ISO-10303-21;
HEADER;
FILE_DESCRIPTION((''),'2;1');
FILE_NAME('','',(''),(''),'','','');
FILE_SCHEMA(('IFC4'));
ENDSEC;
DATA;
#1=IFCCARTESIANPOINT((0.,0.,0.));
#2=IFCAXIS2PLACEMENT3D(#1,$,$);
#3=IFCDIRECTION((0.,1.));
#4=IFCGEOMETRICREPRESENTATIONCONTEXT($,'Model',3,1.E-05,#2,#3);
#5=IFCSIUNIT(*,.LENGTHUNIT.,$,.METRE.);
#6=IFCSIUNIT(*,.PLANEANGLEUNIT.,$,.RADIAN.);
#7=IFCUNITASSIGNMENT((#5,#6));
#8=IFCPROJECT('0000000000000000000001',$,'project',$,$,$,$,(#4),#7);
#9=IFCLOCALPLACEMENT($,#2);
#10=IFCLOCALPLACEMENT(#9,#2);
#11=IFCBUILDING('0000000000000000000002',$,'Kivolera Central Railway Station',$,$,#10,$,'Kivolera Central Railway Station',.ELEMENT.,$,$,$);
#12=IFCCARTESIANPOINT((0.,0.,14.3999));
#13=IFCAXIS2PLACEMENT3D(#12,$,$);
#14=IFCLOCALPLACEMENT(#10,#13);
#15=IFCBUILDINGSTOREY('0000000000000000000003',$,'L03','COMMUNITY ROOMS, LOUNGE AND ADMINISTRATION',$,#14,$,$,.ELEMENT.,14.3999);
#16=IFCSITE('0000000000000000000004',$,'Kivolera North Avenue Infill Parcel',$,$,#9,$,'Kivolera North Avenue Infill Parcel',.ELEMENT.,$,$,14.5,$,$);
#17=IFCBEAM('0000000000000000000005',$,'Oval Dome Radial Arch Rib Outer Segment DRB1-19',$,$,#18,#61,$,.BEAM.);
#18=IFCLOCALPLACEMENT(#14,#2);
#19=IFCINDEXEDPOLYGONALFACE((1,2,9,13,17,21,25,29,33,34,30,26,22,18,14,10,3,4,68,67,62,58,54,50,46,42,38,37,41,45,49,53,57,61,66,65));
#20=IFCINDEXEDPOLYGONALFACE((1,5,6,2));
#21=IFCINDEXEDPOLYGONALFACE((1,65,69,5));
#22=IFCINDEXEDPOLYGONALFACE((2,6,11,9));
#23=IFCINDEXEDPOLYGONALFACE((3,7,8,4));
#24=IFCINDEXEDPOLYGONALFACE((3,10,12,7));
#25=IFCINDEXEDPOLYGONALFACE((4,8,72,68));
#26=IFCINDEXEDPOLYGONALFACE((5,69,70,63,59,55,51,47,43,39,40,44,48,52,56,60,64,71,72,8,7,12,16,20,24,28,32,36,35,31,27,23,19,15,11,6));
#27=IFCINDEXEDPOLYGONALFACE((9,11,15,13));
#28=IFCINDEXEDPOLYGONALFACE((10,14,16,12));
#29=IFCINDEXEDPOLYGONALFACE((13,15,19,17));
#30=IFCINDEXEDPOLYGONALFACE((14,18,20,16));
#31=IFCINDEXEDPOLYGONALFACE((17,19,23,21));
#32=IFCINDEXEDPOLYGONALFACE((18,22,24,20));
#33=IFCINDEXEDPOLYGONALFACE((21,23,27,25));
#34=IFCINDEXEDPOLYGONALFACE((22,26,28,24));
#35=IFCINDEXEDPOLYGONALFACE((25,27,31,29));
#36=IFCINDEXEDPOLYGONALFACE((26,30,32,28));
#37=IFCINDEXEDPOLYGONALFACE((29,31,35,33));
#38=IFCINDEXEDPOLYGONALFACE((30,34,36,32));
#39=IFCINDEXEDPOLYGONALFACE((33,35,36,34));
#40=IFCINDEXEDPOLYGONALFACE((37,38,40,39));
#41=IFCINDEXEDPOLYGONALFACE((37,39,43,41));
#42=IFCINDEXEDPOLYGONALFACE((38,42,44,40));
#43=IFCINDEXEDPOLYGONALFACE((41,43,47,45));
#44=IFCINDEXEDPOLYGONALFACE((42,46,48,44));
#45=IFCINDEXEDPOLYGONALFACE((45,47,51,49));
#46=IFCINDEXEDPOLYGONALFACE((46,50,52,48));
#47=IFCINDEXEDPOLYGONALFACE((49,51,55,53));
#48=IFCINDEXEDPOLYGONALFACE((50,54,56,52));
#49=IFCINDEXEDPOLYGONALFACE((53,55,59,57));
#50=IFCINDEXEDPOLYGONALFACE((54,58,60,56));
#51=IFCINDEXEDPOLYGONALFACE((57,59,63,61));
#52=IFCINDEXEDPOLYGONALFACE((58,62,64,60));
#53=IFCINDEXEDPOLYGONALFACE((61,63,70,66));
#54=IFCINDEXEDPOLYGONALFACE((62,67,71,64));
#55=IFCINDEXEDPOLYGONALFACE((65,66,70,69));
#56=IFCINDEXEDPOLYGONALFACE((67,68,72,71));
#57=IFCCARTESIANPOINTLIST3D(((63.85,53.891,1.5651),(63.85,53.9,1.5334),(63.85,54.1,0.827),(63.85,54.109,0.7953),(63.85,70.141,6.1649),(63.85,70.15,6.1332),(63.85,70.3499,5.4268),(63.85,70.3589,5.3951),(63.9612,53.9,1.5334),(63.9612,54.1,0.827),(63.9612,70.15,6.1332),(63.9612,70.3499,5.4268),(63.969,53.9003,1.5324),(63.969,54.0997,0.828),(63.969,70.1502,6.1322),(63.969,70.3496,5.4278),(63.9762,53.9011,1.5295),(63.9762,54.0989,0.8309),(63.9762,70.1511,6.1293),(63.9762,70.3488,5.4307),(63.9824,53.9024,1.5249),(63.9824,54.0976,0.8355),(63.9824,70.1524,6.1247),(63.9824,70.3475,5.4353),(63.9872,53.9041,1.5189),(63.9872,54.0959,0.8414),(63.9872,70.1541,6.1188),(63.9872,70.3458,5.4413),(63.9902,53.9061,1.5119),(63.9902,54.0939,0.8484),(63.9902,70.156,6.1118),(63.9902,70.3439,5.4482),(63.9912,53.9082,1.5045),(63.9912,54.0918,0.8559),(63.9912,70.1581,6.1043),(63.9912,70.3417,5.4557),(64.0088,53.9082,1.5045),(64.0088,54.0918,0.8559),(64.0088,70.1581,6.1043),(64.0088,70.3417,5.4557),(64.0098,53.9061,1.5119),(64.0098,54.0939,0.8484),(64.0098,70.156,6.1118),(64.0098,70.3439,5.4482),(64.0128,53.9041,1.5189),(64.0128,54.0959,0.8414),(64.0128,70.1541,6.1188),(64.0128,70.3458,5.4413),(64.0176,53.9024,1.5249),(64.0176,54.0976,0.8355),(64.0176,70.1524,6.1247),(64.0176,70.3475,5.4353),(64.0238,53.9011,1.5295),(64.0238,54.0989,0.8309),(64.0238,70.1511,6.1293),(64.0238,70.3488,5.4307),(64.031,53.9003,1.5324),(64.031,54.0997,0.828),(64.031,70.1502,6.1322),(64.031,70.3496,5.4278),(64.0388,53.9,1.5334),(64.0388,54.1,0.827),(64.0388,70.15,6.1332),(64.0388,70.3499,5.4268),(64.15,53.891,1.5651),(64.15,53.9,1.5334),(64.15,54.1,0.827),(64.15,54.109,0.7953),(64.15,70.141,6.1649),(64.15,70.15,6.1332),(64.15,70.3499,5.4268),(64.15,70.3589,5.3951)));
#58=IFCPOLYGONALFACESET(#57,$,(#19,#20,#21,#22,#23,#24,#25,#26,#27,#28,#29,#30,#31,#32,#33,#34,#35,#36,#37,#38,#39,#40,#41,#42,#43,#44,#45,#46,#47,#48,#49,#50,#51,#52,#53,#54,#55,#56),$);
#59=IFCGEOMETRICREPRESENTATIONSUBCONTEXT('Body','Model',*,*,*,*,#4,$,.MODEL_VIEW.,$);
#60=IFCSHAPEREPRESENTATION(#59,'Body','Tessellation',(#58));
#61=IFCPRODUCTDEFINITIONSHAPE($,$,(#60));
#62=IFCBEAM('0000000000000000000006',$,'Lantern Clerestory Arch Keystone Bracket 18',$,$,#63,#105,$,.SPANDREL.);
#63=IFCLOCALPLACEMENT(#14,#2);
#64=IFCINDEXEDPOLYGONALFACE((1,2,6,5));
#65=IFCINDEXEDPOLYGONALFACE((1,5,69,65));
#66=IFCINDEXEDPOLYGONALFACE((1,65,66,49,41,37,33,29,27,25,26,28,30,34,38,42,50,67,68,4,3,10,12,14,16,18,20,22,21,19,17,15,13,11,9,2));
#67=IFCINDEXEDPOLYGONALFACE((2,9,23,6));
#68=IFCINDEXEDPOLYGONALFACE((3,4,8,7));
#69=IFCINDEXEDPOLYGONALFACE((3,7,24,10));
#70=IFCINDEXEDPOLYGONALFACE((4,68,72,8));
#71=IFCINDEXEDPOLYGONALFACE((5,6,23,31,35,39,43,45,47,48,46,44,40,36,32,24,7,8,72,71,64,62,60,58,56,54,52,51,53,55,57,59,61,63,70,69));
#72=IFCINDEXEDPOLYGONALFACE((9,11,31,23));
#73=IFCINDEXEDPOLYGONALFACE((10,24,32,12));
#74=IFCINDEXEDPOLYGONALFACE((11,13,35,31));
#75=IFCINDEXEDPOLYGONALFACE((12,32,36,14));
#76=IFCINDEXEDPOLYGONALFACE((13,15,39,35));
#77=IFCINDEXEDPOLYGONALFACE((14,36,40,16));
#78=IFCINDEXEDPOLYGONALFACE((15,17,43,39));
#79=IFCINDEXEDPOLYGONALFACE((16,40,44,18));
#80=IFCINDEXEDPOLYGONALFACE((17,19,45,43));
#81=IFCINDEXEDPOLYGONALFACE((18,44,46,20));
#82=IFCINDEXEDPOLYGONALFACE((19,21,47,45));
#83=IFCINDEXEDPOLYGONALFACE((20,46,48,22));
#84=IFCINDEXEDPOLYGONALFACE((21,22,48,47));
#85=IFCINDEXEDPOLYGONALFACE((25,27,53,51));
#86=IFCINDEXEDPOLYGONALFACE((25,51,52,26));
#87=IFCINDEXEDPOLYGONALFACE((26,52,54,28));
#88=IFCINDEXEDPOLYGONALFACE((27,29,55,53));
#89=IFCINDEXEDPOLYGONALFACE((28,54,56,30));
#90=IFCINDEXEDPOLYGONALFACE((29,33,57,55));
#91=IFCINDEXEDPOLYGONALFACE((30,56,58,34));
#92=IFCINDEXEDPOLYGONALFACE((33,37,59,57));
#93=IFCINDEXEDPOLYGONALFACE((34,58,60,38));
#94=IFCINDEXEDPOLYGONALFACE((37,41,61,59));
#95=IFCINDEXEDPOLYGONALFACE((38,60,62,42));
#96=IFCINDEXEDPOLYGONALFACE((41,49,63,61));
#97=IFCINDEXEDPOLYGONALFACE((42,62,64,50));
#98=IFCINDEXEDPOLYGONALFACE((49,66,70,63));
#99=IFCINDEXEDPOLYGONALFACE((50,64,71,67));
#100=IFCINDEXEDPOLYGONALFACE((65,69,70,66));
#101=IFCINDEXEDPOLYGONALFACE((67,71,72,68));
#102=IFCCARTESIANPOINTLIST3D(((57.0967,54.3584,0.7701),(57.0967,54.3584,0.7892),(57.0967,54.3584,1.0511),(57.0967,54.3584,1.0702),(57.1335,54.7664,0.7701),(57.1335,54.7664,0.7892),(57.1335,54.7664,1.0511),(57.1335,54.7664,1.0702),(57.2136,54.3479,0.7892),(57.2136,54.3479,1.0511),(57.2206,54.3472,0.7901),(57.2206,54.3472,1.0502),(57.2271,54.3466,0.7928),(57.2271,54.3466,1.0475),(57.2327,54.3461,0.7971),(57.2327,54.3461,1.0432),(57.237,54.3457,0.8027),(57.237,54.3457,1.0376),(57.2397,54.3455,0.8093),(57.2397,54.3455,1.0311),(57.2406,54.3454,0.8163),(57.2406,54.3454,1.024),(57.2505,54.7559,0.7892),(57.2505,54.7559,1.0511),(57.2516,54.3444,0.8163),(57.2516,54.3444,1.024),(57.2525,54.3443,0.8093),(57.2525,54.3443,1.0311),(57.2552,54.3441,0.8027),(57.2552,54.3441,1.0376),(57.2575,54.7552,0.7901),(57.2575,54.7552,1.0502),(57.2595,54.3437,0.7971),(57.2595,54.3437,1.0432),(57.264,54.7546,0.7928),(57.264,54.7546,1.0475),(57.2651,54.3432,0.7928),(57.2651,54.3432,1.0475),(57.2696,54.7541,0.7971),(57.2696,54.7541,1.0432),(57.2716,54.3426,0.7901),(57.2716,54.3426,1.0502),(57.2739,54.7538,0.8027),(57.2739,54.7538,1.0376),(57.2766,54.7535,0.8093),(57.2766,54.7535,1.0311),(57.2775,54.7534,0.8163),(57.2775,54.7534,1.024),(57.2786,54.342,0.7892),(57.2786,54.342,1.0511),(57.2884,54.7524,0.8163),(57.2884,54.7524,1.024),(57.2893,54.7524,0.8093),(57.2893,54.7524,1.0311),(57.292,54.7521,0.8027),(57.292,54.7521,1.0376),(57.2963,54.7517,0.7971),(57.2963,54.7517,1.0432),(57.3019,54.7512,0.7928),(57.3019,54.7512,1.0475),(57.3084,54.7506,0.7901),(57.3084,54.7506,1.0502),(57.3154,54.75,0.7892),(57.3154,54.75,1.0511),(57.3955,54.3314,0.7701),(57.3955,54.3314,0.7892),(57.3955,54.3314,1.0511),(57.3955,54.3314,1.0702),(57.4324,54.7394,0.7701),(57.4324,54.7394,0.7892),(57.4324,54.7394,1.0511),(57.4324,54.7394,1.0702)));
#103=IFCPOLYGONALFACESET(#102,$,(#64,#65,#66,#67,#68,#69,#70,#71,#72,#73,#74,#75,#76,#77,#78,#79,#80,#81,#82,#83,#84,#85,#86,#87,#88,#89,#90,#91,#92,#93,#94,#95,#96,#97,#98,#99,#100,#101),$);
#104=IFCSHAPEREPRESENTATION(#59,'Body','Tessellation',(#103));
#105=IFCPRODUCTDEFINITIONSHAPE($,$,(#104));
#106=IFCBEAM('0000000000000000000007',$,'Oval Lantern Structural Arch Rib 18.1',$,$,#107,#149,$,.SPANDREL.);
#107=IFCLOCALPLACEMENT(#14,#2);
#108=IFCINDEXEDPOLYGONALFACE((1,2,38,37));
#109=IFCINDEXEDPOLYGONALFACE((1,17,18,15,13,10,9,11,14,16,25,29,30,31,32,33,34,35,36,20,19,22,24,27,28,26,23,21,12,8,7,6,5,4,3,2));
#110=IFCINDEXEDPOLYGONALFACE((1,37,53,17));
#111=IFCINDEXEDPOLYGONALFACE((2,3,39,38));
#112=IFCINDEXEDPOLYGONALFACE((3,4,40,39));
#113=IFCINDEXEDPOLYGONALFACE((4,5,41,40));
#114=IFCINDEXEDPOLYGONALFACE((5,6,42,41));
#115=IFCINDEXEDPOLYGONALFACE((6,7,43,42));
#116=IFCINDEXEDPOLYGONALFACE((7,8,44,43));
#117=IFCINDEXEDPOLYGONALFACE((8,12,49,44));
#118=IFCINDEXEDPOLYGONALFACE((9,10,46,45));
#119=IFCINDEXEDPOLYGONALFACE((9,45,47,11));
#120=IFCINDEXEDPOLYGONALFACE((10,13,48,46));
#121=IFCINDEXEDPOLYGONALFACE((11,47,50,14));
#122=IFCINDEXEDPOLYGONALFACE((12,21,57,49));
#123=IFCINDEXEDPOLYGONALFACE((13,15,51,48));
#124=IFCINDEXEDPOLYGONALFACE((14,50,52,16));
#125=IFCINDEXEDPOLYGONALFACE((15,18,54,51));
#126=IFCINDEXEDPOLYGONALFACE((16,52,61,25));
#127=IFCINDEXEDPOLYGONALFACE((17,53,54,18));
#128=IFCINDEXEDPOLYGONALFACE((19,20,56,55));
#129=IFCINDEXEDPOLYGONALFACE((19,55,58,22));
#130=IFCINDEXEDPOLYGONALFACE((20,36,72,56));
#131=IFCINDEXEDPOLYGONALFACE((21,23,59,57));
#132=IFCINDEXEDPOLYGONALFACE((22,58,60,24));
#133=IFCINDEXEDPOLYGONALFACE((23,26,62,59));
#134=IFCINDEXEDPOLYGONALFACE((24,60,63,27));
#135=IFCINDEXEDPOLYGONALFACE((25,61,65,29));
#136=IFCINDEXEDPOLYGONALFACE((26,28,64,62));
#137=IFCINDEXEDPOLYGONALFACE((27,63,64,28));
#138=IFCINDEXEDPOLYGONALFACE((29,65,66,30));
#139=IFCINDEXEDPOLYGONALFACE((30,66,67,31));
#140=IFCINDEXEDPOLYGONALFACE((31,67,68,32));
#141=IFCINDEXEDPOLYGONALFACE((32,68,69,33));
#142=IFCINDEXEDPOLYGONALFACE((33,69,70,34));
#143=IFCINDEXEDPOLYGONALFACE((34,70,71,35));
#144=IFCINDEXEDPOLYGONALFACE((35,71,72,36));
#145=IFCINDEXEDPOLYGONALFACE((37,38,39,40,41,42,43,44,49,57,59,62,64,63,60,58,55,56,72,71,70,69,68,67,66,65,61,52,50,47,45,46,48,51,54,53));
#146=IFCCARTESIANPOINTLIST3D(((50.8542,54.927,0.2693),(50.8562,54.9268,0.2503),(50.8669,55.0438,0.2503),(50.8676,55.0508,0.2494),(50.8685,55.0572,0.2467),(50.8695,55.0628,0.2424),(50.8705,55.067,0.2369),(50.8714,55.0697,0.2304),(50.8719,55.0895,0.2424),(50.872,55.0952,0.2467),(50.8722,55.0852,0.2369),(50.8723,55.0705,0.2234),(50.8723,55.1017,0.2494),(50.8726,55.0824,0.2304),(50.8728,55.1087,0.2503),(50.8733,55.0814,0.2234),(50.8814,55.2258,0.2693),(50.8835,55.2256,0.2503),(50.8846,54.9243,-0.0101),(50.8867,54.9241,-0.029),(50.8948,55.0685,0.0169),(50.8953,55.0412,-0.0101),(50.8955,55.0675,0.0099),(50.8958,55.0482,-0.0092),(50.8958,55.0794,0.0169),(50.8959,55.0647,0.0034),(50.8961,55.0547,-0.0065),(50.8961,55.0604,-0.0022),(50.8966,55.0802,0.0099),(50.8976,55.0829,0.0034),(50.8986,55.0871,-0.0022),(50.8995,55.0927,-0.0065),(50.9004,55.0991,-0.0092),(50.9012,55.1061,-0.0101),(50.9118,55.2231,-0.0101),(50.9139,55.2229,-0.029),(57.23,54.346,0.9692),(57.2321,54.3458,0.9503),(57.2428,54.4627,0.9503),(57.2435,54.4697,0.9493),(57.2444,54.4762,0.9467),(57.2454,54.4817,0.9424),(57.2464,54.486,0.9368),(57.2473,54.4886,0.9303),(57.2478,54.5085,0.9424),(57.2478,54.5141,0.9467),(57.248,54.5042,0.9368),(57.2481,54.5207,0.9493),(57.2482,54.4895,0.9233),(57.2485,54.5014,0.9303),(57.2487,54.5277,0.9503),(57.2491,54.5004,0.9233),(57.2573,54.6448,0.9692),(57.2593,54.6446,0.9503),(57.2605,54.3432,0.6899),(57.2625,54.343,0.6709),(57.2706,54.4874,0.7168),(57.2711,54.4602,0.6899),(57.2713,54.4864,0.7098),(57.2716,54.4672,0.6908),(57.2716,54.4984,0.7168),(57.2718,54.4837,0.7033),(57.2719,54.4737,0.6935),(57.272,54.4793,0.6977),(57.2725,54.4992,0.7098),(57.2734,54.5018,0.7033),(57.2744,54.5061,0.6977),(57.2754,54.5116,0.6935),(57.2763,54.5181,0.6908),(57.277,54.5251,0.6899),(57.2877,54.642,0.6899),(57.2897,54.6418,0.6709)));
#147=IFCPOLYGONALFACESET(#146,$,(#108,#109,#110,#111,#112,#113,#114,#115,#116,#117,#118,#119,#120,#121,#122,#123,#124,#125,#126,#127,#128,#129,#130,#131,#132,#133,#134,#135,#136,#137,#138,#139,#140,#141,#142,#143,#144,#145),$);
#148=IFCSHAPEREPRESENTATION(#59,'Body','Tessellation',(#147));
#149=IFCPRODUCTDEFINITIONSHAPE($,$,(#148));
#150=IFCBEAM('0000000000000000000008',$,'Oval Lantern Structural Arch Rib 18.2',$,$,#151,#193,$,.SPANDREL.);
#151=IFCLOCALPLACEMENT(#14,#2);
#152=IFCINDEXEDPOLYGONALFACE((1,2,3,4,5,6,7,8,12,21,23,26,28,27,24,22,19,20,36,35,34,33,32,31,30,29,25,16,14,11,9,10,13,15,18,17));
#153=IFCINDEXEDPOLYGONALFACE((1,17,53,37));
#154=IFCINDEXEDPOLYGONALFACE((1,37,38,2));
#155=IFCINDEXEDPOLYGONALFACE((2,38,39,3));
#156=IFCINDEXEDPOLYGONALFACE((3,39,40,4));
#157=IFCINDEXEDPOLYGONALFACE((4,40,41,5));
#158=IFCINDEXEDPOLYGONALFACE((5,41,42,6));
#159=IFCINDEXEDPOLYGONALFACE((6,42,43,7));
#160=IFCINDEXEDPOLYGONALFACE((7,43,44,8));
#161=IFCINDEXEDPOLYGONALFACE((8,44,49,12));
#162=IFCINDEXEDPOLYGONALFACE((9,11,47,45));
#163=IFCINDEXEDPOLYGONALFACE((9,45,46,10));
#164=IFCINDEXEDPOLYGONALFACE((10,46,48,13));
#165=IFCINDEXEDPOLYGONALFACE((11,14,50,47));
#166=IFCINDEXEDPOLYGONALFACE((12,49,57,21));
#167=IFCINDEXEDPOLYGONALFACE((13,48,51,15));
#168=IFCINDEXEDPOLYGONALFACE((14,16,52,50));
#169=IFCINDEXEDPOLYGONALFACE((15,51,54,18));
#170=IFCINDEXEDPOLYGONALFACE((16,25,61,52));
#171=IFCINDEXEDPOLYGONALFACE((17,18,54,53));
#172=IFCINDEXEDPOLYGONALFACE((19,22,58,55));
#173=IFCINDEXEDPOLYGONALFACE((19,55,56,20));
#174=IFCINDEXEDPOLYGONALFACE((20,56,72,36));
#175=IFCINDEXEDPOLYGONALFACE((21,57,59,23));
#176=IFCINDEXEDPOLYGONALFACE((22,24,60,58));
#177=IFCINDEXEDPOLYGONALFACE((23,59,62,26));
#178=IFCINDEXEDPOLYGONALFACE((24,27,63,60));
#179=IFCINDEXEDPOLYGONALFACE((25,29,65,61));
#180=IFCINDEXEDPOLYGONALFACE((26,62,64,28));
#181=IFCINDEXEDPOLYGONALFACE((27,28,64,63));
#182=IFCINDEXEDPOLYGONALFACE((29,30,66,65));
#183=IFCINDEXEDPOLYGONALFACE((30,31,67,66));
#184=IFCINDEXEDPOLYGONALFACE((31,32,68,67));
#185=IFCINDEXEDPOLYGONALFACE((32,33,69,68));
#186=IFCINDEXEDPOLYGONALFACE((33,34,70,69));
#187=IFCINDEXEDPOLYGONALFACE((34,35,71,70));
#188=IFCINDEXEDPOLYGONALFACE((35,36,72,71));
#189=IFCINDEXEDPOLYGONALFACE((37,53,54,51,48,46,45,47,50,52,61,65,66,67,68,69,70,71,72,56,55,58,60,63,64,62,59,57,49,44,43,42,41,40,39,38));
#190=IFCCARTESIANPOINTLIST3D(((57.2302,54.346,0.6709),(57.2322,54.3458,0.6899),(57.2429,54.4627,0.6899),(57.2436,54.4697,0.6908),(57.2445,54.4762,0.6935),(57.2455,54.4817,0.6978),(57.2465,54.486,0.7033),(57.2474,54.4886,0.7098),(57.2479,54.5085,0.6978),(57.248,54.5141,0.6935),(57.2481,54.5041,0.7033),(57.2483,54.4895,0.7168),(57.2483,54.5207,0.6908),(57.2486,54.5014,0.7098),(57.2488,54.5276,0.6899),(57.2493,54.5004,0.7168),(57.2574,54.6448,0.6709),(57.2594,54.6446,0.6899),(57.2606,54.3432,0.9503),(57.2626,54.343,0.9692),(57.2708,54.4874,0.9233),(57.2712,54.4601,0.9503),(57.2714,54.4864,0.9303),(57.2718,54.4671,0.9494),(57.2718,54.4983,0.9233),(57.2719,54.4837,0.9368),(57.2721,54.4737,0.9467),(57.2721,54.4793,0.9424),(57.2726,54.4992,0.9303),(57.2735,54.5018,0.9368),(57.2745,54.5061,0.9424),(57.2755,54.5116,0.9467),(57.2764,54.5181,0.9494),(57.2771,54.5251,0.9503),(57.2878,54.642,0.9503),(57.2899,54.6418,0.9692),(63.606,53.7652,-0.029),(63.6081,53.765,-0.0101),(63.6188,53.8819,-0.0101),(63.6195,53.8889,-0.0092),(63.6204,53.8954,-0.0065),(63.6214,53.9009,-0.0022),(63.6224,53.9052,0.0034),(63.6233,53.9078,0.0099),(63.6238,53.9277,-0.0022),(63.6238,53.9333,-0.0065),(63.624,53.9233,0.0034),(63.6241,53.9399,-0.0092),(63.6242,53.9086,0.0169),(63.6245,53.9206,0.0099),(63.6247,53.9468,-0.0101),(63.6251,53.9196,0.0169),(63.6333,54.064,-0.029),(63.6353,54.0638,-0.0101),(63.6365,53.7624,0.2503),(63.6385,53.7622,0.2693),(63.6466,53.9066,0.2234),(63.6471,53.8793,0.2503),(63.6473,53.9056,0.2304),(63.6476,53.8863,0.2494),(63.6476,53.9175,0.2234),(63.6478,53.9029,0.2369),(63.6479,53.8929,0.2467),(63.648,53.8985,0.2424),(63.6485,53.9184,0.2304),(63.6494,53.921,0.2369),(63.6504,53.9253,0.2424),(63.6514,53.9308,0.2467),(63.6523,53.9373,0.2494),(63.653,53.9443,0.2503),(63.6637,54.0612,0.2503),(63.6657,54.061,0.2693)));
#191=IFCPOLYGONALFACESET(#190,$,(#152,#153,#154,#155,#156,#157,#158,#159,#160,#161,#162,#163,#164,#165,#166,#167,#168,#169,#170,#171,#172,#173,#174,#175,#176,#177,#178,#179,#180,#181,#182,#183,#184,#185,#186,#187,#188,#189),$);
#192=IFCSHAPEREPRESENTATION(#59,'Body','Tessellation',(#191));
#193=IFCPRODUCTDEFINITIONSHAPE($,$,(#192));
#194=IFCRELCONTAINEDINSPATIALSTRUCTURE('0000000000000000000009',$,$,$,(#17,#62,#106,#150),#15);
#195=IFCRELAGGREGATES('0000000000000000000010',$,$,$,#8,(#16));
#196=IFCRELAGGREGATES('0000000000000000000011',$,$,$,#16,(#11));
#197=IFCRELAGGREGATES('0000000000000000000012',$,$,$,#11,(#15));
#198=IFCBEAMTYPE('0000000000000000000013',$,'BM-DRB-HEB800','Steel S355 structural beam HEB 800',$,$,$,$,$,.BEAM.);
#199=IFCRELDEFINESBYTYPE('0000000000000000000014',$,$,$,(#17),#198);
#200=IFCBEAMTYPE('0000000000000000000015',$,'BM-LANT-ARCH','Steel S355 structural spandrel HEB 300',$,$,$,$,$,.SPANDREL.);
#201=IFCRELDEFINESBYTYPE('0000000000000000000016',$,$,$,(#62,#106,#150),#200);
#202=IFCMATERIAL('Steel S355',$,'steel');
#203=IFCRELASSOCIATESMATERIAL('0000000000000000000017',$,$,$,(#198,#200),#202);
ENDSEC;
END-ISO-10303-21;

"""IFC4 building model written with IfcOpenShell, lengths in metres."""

from ifc_helpers import new_model, si_unit, direction, frame, origin, origin_2d, place, context, subcontext, project, spatial, i_section, extrude, material, material_profile, profile_set, type_object, element, save


model = new_model("IFC4")

# Units and contexts
model_context = context("Model", 3, precision=1e-05, world=origin(), true_north=direction((0.0, 1.0)))
body_context = subcontext(model_context, "Body", "Model", "MODEL_VIEW")
ifc_project = project(units=[si_unit("LENGTHUNIT", "METRE"), si_unit("PLANEANGLEUNIT", "RADIAN")], contexts=[model_context])

# Site, building, storey
site_placement = place(None, origin())
site = spatial("IfcSite", under=ifc_project, at=site_placement, Name="Kivolera North Avenue Infill Parcel", LongName="Kivolera North Avenue Infill Parcel", CompositionType="ELEMENT", RefElevation=14.5)
building_placement = place(site_placement, origin())
building = spatial("IfcBuilding", under=site, at=building_placement, Name="Kivolera Central Railway Station", LongName="Kivolera Central Railway Station", CompositionType="ELEMENT")
storey_placement = place(building_placement, frame((0.0, 0.0, 14.3999)))
storey = spatial("IfcBuildingStorey", under=building, at=storey_placement, Name="L03", Description="COMMUNITY ROOMS, LOUNGE AND ADMINISTRATION", CompositionType="ELEMENT", Elevation=14.3999)

# Beams
ifc_material_1 = material(Name="Steel S355", Category="steel")
ifc_material_profile_1 = material_profile(ifc_material_1, i_section(OverallWidth=0.3, OverallDepth=0.8, WebThickness=0.0176, FlangeThickness=0.033, FilletRadius=0.03, at=origin_2d()), Name="HEB 800")
ifc_profile_set_1 = profile_set([ifc_material_profile_1], Name="Steel S355")
beam_type_1 = type_object("IfcBeamType", Name="BM-DRB-HEB800", Description="Steel S355 structural beam HEB 800", PredefinedType="BEAM", material=ifc_profile_set_1)
beam_1_placement = place(storey_placement, frame((64.0, 54.0, 1.1802), z_axis=(0.0, 0.962194, 0.272366), x_axis=(-1.0, 0.0, 0.0)))
element("IfcBeam", 1, at=beam_1_placement, inside=storey, type_object=beam_type_1, Name="Oval Dome Radial Arch Rib Outer Segment DRB1-19", PredefinedType="BEAM", context=body_context, shape_type="SweptSolid", body=[
    extrude(i_section(OverallWidth=0.3, OverallDepth=0.8, WebThickness=0.0176, FlangeThickness=0.033, FilletRadius=0.03, at=origin_2d()), origin(), (0.0, 0.0, 1.0), 16.8884),
])
ifc_material_profile_2 = material_profile(ifc_material_1, i_section(OverallWidth=0.3, OverallDepth=0.3, WebThickness=0.011, FlangeThickness=0.019, FilletRadius=0.0271, at=origin_2d()), Name="HEB 300")
ifc_profile_set_2 = profile_set([ifc_material_profile_2], Name="Steel S355")
beam_type_2 = type_object("IfcBeamType", Name="BM-LANT-ARCH", Description="Steel S355 structural spandrel HEB 300", PredefinedType="SPANDREL", material=ifc_profile_set_2)
beam_2_placement = place(storey_placement, frame((57.283, 54.7529, 0.9202), z_axis=(-0.089998, -0.995942, 0.0), x_axis=(0.995942, -0.089998, 0.0)))
element("IfcBeam", 2, at=beam_2_placement, inside=storey, type_object=beam_type_2, Name="Lantern Clerestory Arch Keystone Bracket 18", PredefinedType="SPANDREL", context=body_context, shape_type="SweptSolid", body=[
    extrude(i_section(OverallWidth=0.3, OverallDepth=0.3, WebThickness=0.011, FlangeThickness=0.019, FilletRadius=0.0271, at=origin_2d()), origin(), (0.0, 0.0, 1.0), 0.4097),
])
for number, where, z_axis, x_axis, name in (
    (3, (50.884, 55.075, 0.1201), (0.989975, -0.090218, 0.108679), (0.090756, 0.995873, 0.0), "Oval Lantern Structural Arch Rib 18.1"),
    (4, (57.26, 54.4939, 0.8201), (0.989978, -0.090181, -0.108679), (0.090718, 0.995877, 0.0), "Oval Lantern Structural Arch Rib 18.2"),
):
    element("IfcBeam", number, at=place(storey_placement, frame(where, z_axis=z_axis, x_axis=x_axis)), inside=storey, type_object=beam_type_2, Name=name, PredefinedType="SPANDREL", context=body_context, shape_type="SweptSolid", body=[
        extrude(i_section(OverallWidth=0.3, OverallDepth=0.3, WebThickness=0.011, FlangeThickness=0.019, FilletRadius=0.0271, at=origin_2d()), origin(), (0.0, 0.0, 1.0), 6.4404),
    ])

save(model, "model.ifc")
